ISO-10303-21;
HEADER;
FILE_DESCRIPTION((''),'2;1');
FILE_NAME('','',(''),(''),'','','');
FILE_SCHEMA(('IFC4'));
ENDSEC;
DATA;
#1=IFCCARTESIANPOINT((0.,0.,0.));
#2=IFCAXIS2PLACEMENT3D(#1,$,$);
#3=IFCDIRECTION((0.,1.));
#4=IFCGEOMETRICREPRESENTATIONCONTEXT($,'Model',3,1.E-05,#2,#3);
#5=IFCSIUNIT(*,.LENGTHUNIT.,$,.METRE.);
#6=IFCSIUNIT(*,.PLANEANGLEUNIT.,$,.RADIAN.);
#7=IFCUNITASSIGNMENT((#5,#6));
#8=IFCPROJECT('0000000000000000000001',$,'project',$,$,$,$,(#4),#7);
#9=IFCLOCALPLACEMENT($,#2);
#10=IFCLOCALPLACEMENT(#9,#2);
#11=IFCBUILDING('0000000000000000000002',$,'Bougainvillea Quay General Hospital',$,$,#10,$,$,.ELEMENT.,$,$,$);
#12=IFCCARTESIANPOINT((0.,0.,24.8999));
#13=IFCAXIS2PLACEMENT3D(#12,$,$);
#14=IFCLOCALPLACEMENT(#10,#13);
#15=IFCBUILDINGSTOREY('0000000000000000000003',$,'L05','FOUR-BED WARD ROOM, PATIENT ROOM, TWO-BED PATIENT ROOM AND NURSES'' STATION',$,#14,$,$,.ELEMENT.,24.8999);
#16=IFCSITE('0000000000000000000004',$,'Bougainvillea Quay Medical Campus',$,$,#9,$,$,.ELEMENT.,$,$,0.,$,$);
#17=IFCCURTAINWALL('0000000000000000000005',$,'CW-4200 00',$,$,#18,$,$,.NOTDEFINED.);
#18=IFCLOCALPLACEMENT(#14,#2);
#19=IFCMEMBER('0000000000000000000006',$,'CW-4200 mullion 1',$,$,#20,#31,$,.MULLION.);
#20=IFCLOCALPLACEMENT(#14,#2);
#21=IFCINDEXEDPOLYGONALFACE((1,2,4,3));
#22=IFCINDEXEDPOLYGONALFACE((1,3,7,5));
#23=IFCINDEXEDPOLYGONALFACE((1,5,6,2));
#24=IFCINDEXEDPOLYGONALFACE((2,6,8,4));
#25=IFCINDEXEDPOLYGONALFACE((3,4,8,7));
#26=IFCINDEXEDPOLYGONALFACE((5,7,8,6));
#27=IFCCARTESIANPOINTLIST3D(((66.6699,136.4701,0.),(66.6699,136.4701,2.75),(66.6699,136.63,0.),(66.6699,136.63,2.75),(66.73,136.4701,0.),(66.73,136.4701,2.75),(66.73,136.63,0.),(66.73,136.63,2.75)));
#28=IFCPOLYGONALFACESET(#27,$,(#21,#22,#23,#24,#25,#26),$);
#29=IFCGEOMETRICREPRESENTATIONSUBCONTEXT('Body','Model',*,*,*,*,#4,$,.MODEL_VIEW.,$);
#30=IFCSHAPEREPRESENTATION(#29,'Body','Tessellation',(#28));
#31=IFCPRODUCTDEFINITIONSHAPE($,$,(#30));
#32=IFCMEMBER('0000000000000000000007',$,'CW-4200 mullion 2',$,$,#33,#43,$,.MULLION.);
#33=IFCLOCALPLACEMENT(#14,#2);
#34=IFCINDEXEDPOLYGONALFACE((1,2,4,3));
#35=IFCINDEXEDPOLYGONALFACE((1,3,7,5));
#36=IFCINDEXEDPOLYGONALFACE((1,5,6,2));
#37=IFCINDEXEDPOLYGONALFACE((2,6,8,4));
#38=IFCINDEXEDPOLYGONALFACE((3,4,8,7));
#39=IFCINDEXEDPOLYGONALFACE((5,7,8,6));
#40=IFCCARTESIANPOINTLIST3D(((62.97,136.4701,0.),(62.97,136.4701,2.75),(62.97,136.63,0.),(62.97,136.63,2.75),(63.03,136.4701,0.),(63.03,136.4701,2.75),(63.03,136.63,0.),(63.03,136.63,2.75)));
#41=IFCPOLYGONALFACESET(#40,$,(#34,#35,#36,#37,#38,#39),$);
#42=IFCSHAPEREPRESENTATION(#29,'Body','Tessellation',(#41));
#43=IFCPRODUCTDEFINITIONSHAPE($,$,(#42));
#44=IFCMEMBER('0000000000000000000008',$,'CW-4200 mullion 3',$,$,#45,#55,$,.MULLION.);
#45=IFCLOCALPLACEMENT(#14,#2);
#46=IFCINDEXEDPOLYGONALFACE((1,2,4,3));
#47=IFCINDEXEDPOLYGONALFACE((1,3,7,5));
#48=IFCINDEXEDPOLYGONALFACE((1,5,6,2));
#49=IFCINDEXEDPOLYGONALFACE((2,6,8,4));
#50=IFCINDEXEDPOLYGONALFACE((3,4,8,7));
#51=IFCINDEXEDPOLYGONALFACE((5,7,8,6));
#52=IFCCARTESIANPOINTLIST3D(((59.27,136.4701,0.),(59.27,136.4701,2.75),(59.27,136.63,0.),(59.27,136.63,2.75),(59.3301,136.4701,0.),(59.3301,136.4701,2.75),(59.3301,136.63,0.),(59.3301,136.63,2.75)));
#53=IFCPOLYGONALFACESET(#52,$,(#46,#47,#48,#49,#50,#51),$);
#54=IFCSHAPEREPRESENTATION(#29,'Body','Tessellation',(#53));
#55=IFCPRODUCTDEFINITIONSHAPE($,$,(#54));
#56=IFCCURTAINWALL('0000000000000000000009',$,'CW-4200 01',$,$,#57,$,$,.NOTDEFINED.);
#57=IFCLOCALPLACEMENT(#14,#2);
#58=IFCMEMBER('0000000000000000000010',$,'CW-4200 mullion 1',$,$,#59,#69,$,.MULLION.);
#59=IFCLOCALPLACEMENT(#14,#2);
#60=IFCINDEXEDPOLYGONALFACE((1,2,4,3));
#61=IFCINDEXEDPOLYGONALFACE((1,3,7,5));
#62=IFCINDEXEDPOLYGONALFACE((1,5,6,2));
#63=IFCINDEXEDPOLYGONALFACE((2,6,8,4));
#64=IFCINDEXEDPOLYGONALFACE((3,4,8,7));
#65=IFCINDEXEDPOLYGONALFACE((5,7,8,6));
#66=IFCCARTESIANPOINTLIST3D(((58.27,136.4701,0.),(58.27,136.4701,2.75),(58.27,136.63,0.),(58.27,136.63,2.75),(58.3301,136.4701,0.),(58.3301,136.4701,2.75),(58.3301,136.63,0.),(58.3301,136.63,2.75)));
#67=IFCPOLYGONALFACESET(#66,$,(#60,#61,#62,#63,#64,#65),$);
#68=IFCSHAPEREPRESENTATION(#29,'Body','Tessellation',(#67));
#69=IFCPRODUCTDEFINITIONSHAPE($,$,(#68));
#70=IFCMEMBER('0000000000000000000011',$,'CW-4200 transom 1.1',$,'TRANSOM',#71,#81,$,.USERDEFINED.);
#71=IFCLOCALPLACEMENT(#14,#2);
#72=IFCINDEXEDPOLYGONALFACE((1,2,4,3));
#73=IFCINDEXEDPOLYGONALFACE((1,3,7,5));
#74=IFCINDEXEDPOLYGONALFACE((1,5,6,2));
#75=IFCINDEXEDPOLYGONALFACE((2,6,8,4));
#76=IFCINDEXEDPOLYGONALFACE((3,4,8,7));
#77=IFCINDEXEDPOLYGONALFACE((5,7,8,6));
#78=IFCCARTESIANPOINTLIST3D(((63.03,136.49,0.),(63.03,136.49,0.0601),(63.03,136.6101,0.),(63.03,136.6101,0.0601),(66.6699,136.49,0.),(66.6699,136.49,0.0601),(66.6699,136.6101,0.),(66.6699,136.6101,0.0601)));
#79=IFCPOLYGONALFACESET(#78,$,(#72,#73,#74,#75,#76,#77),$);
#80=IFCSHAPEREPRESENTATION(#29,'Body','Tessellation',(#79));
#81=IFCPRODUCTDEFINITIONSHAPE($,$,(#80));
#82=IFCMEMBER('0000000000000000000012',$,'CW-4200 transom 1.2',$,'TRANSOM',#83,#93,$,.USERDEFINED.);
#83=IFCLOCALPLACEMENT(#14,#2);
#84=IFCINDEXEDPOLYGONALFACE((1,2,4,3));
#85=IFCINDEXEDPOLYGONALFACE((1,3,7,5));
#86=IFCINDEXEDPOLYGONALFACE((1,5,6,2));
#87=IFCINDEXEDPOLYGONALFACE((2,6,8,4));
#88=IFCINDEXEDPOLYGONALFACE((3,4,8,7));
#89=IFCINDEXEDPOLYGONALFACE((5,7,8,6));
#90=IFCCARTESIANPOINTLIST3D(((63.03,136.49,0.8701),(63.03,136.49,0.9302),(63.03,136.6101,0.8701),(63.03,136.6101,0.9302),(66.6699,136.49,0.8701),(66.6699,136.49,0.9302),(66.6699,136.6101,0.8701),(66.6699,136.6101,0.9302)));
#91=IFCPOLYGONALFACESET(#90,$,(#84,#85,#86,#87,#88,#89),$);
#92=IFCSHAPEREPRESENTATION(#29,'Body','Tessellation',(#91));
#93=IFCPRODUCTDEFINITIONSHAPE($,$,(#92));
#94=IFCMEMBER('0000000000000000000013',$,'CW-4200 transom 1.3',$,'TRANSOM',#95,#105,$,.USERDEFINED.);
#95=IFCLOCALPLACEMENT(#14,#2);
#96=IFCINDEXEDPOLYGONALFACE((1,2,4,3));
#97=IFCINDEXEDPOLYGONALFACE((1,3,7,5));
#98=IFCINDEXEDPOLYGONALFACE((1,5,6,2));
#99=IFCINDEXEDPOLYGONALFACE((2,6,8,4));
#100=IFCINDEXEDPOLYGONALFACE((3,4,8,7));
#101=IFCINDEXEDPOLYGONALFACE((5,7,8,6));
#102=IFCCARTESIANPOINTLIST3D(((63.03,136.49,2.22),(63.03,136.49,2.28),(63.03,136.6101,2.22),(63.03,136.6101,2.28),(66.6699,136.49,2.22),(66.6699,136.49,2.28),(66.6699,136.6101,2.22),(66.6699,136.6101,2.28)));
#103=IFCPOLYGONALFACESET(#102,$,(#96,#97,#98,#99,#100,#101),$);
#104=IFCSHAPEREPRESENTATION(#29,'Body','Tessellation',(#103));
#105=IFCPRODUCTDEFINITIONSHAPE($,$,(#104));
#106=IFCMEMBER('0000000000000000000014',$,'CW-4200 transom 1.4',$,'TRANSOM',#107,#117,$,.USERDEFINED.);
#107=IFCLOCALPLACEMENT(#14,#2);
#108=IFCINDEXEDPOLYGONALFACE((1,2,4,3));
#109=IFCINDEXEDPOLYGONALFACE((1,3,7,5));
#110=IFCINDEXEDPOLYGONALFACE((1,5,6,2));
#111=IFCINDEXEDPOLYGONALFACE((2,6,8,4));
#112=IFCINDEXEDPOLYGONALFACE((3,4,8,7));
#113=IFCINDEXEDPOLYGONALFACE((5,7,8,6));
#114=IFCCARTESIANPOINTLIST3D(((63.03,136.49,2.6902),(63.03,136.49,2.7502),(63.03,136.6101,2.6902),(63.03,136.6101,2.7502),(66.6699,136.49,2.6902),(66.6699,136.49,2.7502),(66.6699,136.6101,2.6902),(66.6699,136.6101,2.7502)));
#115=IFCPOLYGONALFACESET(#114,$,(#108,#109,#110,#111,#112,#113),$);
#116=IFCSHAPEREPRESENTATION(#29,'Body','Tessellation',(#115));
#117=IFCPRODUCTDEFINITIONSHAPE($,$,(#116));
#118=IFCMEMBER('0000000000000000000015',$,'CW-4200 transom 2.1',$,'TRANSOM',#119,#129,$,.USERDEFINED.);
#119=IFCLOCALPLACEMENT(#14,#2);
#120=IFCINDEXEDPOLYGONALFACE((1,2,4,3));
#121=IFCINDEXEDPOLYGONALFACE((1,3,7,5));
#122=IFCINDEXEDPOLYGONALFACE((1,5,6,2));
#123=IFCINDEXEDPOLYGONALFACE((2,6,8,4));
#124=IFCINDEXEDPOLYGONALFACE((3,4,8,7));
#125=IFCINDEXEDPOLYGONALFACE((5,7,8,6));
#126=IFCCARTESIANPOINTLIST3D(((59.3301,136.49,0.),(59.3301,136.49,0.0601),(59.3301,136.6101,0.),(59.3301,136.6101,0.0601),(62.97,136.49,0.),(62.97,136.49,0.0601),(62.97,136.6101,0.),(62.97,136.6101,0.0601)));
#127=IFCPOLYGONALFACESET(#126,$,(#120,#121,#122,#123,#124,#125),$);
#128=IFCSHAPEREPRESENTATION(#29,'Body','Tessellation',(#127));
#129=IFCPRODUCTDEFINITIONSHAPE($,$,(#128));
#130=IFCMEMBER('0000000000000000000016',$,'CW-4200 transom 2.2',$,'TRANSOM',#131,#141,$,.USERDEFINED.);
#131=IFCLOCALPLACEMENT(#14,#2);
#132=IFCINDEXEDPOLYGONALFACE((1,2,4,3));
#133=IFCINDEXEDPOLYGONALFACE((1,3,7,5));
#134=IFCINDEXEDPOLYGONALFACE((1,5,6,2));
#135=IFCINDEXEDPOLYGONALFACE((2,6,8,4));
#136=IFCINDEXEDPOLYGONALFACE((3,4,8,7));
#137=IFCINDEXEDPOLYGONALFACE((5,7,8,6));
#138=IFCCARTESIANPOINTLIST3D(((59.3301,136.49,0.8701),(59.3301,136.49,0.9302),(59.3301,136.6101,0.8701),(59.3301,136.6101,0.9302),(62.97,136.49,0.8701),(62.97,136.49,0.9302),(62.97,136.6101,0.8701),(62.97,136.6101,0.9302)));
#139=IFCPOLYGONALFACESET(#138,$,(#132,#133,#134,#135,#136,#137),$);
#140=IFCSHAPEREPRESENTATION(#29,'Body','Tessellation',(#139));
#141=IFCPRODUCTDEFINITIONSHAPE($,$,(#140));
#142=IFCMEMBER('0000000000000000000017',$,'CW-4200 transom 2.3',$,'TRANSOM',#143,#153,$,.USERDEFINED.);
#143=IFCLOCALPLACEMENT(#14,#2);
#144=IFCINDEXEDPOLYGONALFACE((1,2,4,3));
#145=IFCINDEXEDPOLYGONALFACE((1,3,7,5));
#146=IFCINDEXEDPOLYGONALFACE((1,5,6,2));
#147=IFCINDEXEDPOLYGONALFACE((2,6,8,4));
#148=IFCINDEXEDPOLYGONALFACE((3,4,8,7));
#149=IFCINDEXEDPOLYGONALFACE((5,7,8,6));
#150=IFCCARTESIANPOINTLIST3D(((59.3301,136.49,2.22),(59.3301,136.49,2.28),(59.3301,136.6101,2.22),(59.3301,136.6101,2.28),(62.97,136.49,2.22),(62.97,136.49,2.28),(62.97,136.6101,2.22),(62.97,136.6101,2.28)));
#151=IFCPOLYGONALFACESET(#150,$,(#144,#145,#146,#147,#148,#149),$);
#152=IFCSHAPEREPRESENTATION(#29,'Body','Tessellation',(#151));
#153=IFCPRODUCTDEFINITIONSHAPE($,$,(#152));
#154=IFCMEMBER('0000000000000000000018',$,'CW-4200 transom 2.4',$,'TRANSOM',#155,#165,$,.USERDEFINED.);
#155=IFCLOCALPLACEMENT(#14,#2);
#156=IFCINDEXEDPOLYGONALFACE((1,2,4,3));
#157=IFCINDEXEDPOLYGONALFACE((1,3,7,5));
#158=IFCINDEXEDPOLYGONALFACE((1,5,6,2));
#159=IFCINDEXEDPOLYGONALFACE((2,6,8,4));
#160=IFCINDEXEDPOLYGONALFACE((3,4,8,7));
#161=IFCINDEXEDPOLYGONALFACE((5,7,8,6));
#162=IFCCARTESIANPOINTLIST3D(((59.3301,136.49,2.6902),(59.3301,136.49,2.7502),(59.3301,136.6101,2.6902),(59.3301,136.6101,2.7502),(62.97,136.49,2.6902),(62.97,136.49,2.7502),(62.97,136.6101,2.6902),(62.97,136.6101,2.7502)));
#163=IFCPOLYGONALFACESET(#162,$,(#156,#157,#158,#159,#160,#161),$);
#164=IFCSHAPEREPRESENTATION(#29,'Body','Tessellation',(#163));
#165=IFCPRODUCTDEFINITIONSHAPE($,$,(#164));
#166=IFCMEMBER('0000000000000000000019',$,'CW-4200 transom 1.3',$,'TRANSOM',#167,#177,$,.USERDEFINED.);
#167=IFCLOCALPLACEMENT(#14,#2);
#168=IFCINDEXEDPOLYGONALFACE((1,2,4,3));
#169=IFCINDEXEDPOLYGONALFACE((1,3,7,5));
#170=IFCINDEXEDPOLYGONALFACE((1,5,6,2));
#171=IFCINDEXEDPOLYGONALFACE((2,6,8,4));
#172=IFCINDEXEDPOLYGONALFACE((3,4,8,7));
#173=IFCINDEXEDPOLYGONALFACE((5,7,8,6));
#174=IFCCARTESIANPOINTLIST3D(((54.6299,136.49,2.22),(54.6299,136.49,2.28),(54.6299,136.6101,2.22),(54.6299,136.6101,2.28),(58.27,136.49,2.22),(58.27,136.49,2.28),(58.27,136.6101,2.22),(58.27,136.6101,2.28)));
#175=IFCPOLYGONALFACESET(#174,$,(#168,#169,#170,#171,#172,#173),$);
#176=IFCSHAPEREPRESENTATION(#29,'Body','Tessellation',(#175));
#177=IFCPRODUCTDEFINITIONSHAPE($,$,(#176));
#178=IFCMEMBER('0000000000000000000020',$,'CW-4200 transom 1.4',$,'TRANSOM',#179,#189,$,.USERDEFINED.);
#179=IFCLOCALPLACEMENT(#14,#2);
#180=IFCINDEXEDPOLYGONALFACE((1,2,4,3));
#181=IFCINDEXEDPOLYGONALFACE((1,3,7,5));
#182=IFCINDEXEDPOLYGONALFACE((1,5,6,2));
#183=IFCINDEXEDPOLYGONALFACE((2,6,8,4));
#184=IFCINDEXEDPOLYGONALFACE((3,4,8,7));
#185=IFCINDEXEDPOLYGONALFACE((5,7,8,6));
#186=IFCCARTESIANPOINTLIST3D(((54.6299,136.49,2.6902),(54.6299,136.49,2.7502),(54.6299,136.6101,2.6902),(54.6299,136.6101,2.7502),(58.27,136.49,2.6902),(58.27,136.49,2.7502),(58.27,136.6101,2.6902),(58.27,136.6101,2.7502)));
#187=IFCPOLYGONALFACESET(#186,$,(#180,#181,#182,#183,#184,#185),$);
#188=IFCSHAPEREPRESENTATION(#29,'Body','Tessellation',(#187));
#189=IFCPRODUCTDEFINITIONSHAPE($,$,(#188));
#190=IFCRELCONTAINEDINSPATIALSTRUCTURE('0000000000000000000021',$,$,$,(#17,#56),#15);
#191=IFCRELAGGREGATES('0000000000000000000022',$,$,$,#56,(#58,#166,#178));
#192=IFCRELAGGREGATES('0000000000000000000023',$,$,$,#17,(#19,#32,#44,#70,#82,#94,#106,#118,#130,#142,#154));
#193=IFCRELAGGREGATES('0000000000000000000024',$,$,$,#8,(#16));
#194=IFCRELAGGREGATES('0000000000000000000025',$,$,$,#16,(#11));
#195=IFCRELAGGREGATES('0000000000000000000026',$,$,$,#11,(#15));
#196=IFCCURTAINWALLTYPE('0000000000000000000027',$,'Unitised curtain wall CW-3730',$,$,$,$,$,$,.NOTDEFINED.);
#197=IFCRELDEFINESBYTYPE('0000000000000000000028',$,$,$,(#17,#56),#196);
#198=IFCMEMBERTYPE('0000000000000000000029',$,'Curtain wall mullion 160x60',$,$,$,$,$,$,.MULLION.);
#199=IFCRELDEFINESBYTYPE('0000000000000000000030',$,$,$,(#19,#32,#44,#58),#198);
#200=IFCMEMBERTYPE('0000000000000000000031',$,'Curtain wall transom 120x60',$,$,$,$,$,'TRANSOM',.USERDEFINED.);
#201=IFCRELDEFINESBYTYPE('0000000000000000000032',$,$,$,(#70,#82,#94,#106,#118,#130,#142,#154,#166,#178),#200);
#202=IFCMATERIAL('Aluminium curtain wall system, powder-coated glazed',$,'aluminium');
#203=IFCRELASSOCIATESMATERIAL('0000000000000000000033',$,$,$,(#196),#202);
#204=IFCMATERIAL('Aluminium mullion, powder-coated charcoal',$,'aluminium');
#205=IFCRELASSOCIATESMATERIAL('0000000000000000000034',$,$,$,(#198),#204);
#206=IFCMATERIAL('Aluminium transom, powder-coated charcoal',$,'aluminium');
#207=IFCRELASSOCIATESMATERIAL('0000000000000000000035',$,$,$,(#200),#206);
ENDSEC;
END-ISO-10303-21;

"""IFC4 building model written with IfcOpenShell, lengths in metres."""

from ifc_helpers import new_model, si_unit, direction, frame, origin, origin_2d, place, context, subcontext, project, spatial, rectangle, extrude, material, material_profile, profile_set, type_object, element, aggregate, save


model = new_model("IFC4")

# Units and contexts
model_context = context("Model", 3, precision=1e-05, world=origin(), true_north=direction((0.0, 1.0)))
body_context = subcontext(model_context, "Body", "Model", "MODEL_VIEW")
ifc_project = project(units=[si_unit("LENGTHUNIT", "METRE"), si_unit("PLANEANGLEUNIT", "RADIAN")], contexts=[model_context])

# Site, building, storey
site_placement = place(None, origin())
site = spatial("IfcSite", under=ifc_project, at=site_placement, Name="Bougainvillea Quay Medical Campus", CompositionType="ELEMENT", RefElevation=0.0)
building_placement = place(site_placement, origin())
building = spatial("IfcBuilding", under=site, at=building_placement, Name="Bougainvillea Quay General Hospital", CompositionType="ELEMENT")
storey_placement = place(building_placement, frame((0.0, 0.0, 24.8999)))
storey = spatial("IfcBuildingStorey", under=building, at=storey_placement, Name="L05", Description="FOUR-BED WARD ROOM, PATIENT ROOM, TWO-BED PATIENT ROOM AND NURSES' STATION", CompositionType="ELEMENT", Elevation=24.8999)

# Curtain wall, members
ifc_material_1 = material(Name="Aluminium curtain wall system, powder-coated glazed", Category="aluminium")
curtain_wall_type = type_object("IfcCurtainWallType", Name="Unitised curtain wall CW-3730", PredefinedType="NOTDEFINED", material=ifc_material_1)
curtain_wall_1_placement = place(storey_placement, origin())
curtain_wall_1 = element("IfcCurtainWall", 1, at=curtain_wall_1_placement, inside=storey, type_object=curtain_wall_type, Name="CW-4200 00", PredefinedType="NOTDEFINED")
ifc_material_2 = material(Name="Aluminium mullion, powder-coated charcoal", Category="aluminium")
ifc_material_profile_1 = material_profile(ifc_material_2, rectangle(XDim=0.1599, YDim=0.0601, at=origin_2d()))
ifc_profile_set_1 = profile_set([ifc_material_profile_1], Name="Aluminium mullion, powder-coated charcoal")
member_type_1 = type_object("IfcMemberType", Name="Curtain wall mullion 160x60", PredefinedType="MULLION", material=ifc_profile_set_1)
member_1_placement = place(storey_placement, frame((66.7, 136.55, 0.0), z_axis=(0.0, 0.0, 1.0), x_axis=(0.0, -1.0, 0.0)))
member_1 = element("IfcMember", 2, at=member_1_placement, type_object=member_type_1, Name="CW-4200 mullion 1", PredefinedType="MULLION", context=body_context, shape_type="SweptSolid", body=[
    extrude(rectangle(XDim=0.1599, YDim=0.0601, at=origin_2d()), origin(), (0.0, 0.0, 1.0), 2.75),
])
member_2_placement = place(storey_placement, frame((63.0, 136.55, 0.0), z_axis=(0.0, 0.0, 1.0), x_axis=(0.0, -1.0, 0.0)))
member_2 = element("IfcMember", 3, at=member_2_placement, type_object=member_type_1, Name="CW-4200 mullion 2", PredefinedType="MULLION", context=body_context, shape_type="SweptSolid", body=[
    extrude(rectangle(XDim=0.1599, YDim=0.0601, at=origin_2d()), origin(), (0.0, 0.0, 1.0), 2.75),
])
member_3_placement = place(storey_placement, frame((59.3, 136.55, 0.0), z_axis=(0.0, 0.0, 1.0), x_axis=(0.0, -1.0, 0.0)))
member_3 = element("IfcMember", 4, at=member_3_placement, type_object=member_type_1, Name="CW-4200 mullion 3", PredefinedType="MULLION", context=body_context, shape_type="SweptSolid", body=[
    extrude(rectangle(XDim=0.1599, YDim=0.0601, at=origin_2d()), origin(), (0.0, 0.0, 1.0), 2.75),
])

# Curtain wall, member
curtain_wall_2_placement = place(storey_placement, origin())
curtain_wall_2 = element("IfcCurtainWall", 5, at=curtain_wall_2_placement, inside=storey, type_object=curtain_wall_type, Name="CW-4200 01", PredefinedType="NOTDEFINED")
member_4_placement = place(storey_placement, frame((58.3, 136.55, 0.0), z_axis=(0.0, 0.0, 1.0), x_axis=(0.0, -1.0, 0.0)))
member_4 = element("IfcMember", 6, at=member_4_placement, type_object=member_type_1, Name="CW-4200 mullion 1", PredefinedType="MULLION", context=body_context, shape_type="SweptSolid", body=[
    extrude(rectangle(XDim=0.1599, YDim=0.0601, at=origin_2d()), origin(), (0.0, 0.0, 1.0), 2.75),
])

# Members
ifc_material_3 = material(Name="Aluminium transom, powder-coated charcoal", Category="aluminium")
ifc_material_profile_2 = material_profile(ifc_material_3, rectangle(XDim=0.1201, YDim=0.0601, at=origin_2d()))
ifc_profile_set_2 = profile_set([ifc_material_profile_2], Name="Aluminium transom, powder-coated charcoal")
member_type_2 = type_object("IfcMemberType", Name="Curtain wall transom 120x60", ElementType="TRANSOM", PredefinedType="USERDEFINED", material=ifc_profile_set_2)
member_5_placement = place(storey_placement, frame((66.6699, 136.55, 0.03), z_axis=(-1.0, 0.0, 0.0), x_axis=(0.0, -1.0, 0.0)))
member_5 = element("IfcMember", 7, at=member_5_placement, type_object=member_type_2, Name="CW-4200 transom 1.1", ObjectType="TRANSOM", PredefinedType="USERDEFINED", context=body_context, shape_type="SweptSolid", body=[
    extrude(rectangle(XDim=0.1201, YDim=0.0601, at=origin_2d()), origin(), (0.0, 0.0, 1.0), 3.6399),
])
member_6_placement = place(storey_placement, frame((66.6699, 136.55, 0.9001), z_axis=(-1.0, 0.0, 0.0), x_axis=(0.0, -1.0, 0.0)))
member_6 = element("IfcMember", 8, at=member_6_placement, type_object=member_type_2, Name="CW-4200 transom 1.2", ObjectType="TRANSOM", PredefinedType="USERDEFINED", context=body_context, shape_type="SweptSolid", body=[
    extrude(rectangle(XDim=0.1201, YDim=0.0601, at=origin_2d()), origin(), (0.0, 0.0, 1.0), 3.6399),
])
member_7_placement = place(storey_placement, frame((66.6699, 136.55, 2.25), z_axis=(-1.0, 0.0, 0.0), x_axis=(0.0, -1.0, 0.0)))
member_7 = element("IfcMember", 9, at=member_7_placement, type_object=member_type_2, Name="CW-4200 transom 1.3", ObjectType="TRANSOM", PredefinedType="USERDEFINED", context=body_context, shape_type="SweptSolid", body=[
    extrude(rectangle(XDim=0.1201, YDim=0.0601, at=origin_2d()), origin(), (0.0, 0.0, 1.0), 3.6399),
])
member_8_placement = place(storey_placement, frame((66.6699, 136.55, 2.7202), z_axis=(-1.0, 0.0, 0.0), x_axis=(0.0, -1.0, 0.0)))
member_8 = element("IfcMember", 10, at=member_8_placement, type_object=member_type_2, Name="CW-4200 transom 1.4", ObjectType="TRANSOM", PredefinedType="USERDEFINED", context=body_context, shape_type="SweptSolid", body=[
    extrude(rectangle(XDim=0.1201, YDim=0.0601, at=origin_2d()), origin(), (0.0, 0.0, 1.0), 3.6399),
])
member_9_placement = place(storey_placement, frame((62.97, 136.55, 0.03), z_axis=(-1.0, 0.0, 0.0), x_axis=(0.0, -1.0, 0.0)))
member_9 = element("IfcMember", 11, at=member_9_placement, type_object=member_type_2, Name="CW-4200 transom 2.1", ObjectType="TRANSOM", PredefinedType="USERDEFINED", context=body_context, shape_type="SweptSolid", body=[
    extrude(rectangle(XDim=0.1201, YDim=0.0601, at=origin_2d()), origin(), (0.0, 0.0, 1.0), 3.6399),
])
member_10_placement = place(storey_placement, frame((62.97, 136.55, 0.9001), z_axis=(-1.0, 0.0, 0.0), x_axis=(0.0, -1.0, 0.0)))
member_10 = element("IfcMember", 12, at=member_10_placement, type_object=member_type_2, Name="CW-4200 transom 2.2", ObjectType="TRANSOM", PredefinedType="USERDEFINED", context=body_context, shape_type="SweptSolid", body=[
    extrude(rectangle(XDim=0.1201, YDim=0.0601, at=origin_2d()), origin(), (0.0, 0.0, 1.0), 3.6399),
])
member_11_placement = place(storey_placement, frame((62.97, 136.55, 2.25), z_axis=(-1.0, 0.0, 0.0), x_axis=(0.0, -1.0, 0.0)))
member_11 = element("IfcMember", 13, at=member_11_placement, type_object=member_type_2, Name="CW-4200 transom 2.3", ObjectType="TRANSOM", PredefinedType="USERDEFINED", context=body_context, shape_type="SweptSolid", body=[
    extrude(rectangle(XDim=0.1201, YDim=0.0601, at=origin_2d()), origin(), (0.0, 0.0, 1.0), 3.6399),
])
member_12_placement = place(storey_placement, frame((62.97, 136.55, 2.7202), z_axis=(-1.0, 0.0, 0.0), x_axis=(0.0, -1.0, 0.0)))
member_12 = element("IfcMember", 14, at=member_12_placement, type_object=member_type_2, Name="CW-4200 transom 2.4", ObjectType="TRANSOM", PredefinedType="USERDEFINED", context=body_context, shape_type="SweptSolid", body=[
    extrude(rectangle(XDim=0.1201, YDim=0.0601, at=origin_2d()), origin(), (0.0, 0.0, 1.0), 3.6399),
])
member_13_placement = place(storey_placement, frame((58.27, 136.55, 2.25), z_axis=(-1.0, 0.0, 0.0), x_axis=(0.0, -1.0, 0.0)))
member_13 = element("IfcMember", 15, at=member_13_placement, type_object=member_type_2, Name="CW-4200 transom 1.3", ObjectType="TRANSOM", PredefinedType="USERDEFINED", context=body_context, shape_type="SweptSolid", body=[
    extrude(rectangle(XDim=0.1201, YDim=0.0601, at=origin_2d()), origin(), (0.0, 0.0, 1.0), 3.6401),
])
member_14_placement = place(storey_placement, frame((58.27, 136.55, 2.7202), z_axis=(-1.0, 0.0, 0.0), x_axis=(0.0, -1.0, 0.0)))
member_14 = element("IfcMember", 16, at=member_14_placement, type_object=member_type_2, Name="CW-4200 transom 1.4", ObjectType="TRANSOM", PredefinedType="USERDEFINED", context=body_context, shape_type="SweptSolid", body=[
    extrude(rectangle(XDim=0.1201, YDim=0.0601, at=origin_2d()), origin(), (0.0, 0.0, 1.0), 3.6401),
])
aggregate(curtain_wall_2, [member_4, member_13, member_14])

aggregate(curtain_wall_1, [member_1, member_2, member_3, member_5, member_6, member_7, member_8, member_9, member_10, member_11, member_12])

save(model, "model.ifc")
